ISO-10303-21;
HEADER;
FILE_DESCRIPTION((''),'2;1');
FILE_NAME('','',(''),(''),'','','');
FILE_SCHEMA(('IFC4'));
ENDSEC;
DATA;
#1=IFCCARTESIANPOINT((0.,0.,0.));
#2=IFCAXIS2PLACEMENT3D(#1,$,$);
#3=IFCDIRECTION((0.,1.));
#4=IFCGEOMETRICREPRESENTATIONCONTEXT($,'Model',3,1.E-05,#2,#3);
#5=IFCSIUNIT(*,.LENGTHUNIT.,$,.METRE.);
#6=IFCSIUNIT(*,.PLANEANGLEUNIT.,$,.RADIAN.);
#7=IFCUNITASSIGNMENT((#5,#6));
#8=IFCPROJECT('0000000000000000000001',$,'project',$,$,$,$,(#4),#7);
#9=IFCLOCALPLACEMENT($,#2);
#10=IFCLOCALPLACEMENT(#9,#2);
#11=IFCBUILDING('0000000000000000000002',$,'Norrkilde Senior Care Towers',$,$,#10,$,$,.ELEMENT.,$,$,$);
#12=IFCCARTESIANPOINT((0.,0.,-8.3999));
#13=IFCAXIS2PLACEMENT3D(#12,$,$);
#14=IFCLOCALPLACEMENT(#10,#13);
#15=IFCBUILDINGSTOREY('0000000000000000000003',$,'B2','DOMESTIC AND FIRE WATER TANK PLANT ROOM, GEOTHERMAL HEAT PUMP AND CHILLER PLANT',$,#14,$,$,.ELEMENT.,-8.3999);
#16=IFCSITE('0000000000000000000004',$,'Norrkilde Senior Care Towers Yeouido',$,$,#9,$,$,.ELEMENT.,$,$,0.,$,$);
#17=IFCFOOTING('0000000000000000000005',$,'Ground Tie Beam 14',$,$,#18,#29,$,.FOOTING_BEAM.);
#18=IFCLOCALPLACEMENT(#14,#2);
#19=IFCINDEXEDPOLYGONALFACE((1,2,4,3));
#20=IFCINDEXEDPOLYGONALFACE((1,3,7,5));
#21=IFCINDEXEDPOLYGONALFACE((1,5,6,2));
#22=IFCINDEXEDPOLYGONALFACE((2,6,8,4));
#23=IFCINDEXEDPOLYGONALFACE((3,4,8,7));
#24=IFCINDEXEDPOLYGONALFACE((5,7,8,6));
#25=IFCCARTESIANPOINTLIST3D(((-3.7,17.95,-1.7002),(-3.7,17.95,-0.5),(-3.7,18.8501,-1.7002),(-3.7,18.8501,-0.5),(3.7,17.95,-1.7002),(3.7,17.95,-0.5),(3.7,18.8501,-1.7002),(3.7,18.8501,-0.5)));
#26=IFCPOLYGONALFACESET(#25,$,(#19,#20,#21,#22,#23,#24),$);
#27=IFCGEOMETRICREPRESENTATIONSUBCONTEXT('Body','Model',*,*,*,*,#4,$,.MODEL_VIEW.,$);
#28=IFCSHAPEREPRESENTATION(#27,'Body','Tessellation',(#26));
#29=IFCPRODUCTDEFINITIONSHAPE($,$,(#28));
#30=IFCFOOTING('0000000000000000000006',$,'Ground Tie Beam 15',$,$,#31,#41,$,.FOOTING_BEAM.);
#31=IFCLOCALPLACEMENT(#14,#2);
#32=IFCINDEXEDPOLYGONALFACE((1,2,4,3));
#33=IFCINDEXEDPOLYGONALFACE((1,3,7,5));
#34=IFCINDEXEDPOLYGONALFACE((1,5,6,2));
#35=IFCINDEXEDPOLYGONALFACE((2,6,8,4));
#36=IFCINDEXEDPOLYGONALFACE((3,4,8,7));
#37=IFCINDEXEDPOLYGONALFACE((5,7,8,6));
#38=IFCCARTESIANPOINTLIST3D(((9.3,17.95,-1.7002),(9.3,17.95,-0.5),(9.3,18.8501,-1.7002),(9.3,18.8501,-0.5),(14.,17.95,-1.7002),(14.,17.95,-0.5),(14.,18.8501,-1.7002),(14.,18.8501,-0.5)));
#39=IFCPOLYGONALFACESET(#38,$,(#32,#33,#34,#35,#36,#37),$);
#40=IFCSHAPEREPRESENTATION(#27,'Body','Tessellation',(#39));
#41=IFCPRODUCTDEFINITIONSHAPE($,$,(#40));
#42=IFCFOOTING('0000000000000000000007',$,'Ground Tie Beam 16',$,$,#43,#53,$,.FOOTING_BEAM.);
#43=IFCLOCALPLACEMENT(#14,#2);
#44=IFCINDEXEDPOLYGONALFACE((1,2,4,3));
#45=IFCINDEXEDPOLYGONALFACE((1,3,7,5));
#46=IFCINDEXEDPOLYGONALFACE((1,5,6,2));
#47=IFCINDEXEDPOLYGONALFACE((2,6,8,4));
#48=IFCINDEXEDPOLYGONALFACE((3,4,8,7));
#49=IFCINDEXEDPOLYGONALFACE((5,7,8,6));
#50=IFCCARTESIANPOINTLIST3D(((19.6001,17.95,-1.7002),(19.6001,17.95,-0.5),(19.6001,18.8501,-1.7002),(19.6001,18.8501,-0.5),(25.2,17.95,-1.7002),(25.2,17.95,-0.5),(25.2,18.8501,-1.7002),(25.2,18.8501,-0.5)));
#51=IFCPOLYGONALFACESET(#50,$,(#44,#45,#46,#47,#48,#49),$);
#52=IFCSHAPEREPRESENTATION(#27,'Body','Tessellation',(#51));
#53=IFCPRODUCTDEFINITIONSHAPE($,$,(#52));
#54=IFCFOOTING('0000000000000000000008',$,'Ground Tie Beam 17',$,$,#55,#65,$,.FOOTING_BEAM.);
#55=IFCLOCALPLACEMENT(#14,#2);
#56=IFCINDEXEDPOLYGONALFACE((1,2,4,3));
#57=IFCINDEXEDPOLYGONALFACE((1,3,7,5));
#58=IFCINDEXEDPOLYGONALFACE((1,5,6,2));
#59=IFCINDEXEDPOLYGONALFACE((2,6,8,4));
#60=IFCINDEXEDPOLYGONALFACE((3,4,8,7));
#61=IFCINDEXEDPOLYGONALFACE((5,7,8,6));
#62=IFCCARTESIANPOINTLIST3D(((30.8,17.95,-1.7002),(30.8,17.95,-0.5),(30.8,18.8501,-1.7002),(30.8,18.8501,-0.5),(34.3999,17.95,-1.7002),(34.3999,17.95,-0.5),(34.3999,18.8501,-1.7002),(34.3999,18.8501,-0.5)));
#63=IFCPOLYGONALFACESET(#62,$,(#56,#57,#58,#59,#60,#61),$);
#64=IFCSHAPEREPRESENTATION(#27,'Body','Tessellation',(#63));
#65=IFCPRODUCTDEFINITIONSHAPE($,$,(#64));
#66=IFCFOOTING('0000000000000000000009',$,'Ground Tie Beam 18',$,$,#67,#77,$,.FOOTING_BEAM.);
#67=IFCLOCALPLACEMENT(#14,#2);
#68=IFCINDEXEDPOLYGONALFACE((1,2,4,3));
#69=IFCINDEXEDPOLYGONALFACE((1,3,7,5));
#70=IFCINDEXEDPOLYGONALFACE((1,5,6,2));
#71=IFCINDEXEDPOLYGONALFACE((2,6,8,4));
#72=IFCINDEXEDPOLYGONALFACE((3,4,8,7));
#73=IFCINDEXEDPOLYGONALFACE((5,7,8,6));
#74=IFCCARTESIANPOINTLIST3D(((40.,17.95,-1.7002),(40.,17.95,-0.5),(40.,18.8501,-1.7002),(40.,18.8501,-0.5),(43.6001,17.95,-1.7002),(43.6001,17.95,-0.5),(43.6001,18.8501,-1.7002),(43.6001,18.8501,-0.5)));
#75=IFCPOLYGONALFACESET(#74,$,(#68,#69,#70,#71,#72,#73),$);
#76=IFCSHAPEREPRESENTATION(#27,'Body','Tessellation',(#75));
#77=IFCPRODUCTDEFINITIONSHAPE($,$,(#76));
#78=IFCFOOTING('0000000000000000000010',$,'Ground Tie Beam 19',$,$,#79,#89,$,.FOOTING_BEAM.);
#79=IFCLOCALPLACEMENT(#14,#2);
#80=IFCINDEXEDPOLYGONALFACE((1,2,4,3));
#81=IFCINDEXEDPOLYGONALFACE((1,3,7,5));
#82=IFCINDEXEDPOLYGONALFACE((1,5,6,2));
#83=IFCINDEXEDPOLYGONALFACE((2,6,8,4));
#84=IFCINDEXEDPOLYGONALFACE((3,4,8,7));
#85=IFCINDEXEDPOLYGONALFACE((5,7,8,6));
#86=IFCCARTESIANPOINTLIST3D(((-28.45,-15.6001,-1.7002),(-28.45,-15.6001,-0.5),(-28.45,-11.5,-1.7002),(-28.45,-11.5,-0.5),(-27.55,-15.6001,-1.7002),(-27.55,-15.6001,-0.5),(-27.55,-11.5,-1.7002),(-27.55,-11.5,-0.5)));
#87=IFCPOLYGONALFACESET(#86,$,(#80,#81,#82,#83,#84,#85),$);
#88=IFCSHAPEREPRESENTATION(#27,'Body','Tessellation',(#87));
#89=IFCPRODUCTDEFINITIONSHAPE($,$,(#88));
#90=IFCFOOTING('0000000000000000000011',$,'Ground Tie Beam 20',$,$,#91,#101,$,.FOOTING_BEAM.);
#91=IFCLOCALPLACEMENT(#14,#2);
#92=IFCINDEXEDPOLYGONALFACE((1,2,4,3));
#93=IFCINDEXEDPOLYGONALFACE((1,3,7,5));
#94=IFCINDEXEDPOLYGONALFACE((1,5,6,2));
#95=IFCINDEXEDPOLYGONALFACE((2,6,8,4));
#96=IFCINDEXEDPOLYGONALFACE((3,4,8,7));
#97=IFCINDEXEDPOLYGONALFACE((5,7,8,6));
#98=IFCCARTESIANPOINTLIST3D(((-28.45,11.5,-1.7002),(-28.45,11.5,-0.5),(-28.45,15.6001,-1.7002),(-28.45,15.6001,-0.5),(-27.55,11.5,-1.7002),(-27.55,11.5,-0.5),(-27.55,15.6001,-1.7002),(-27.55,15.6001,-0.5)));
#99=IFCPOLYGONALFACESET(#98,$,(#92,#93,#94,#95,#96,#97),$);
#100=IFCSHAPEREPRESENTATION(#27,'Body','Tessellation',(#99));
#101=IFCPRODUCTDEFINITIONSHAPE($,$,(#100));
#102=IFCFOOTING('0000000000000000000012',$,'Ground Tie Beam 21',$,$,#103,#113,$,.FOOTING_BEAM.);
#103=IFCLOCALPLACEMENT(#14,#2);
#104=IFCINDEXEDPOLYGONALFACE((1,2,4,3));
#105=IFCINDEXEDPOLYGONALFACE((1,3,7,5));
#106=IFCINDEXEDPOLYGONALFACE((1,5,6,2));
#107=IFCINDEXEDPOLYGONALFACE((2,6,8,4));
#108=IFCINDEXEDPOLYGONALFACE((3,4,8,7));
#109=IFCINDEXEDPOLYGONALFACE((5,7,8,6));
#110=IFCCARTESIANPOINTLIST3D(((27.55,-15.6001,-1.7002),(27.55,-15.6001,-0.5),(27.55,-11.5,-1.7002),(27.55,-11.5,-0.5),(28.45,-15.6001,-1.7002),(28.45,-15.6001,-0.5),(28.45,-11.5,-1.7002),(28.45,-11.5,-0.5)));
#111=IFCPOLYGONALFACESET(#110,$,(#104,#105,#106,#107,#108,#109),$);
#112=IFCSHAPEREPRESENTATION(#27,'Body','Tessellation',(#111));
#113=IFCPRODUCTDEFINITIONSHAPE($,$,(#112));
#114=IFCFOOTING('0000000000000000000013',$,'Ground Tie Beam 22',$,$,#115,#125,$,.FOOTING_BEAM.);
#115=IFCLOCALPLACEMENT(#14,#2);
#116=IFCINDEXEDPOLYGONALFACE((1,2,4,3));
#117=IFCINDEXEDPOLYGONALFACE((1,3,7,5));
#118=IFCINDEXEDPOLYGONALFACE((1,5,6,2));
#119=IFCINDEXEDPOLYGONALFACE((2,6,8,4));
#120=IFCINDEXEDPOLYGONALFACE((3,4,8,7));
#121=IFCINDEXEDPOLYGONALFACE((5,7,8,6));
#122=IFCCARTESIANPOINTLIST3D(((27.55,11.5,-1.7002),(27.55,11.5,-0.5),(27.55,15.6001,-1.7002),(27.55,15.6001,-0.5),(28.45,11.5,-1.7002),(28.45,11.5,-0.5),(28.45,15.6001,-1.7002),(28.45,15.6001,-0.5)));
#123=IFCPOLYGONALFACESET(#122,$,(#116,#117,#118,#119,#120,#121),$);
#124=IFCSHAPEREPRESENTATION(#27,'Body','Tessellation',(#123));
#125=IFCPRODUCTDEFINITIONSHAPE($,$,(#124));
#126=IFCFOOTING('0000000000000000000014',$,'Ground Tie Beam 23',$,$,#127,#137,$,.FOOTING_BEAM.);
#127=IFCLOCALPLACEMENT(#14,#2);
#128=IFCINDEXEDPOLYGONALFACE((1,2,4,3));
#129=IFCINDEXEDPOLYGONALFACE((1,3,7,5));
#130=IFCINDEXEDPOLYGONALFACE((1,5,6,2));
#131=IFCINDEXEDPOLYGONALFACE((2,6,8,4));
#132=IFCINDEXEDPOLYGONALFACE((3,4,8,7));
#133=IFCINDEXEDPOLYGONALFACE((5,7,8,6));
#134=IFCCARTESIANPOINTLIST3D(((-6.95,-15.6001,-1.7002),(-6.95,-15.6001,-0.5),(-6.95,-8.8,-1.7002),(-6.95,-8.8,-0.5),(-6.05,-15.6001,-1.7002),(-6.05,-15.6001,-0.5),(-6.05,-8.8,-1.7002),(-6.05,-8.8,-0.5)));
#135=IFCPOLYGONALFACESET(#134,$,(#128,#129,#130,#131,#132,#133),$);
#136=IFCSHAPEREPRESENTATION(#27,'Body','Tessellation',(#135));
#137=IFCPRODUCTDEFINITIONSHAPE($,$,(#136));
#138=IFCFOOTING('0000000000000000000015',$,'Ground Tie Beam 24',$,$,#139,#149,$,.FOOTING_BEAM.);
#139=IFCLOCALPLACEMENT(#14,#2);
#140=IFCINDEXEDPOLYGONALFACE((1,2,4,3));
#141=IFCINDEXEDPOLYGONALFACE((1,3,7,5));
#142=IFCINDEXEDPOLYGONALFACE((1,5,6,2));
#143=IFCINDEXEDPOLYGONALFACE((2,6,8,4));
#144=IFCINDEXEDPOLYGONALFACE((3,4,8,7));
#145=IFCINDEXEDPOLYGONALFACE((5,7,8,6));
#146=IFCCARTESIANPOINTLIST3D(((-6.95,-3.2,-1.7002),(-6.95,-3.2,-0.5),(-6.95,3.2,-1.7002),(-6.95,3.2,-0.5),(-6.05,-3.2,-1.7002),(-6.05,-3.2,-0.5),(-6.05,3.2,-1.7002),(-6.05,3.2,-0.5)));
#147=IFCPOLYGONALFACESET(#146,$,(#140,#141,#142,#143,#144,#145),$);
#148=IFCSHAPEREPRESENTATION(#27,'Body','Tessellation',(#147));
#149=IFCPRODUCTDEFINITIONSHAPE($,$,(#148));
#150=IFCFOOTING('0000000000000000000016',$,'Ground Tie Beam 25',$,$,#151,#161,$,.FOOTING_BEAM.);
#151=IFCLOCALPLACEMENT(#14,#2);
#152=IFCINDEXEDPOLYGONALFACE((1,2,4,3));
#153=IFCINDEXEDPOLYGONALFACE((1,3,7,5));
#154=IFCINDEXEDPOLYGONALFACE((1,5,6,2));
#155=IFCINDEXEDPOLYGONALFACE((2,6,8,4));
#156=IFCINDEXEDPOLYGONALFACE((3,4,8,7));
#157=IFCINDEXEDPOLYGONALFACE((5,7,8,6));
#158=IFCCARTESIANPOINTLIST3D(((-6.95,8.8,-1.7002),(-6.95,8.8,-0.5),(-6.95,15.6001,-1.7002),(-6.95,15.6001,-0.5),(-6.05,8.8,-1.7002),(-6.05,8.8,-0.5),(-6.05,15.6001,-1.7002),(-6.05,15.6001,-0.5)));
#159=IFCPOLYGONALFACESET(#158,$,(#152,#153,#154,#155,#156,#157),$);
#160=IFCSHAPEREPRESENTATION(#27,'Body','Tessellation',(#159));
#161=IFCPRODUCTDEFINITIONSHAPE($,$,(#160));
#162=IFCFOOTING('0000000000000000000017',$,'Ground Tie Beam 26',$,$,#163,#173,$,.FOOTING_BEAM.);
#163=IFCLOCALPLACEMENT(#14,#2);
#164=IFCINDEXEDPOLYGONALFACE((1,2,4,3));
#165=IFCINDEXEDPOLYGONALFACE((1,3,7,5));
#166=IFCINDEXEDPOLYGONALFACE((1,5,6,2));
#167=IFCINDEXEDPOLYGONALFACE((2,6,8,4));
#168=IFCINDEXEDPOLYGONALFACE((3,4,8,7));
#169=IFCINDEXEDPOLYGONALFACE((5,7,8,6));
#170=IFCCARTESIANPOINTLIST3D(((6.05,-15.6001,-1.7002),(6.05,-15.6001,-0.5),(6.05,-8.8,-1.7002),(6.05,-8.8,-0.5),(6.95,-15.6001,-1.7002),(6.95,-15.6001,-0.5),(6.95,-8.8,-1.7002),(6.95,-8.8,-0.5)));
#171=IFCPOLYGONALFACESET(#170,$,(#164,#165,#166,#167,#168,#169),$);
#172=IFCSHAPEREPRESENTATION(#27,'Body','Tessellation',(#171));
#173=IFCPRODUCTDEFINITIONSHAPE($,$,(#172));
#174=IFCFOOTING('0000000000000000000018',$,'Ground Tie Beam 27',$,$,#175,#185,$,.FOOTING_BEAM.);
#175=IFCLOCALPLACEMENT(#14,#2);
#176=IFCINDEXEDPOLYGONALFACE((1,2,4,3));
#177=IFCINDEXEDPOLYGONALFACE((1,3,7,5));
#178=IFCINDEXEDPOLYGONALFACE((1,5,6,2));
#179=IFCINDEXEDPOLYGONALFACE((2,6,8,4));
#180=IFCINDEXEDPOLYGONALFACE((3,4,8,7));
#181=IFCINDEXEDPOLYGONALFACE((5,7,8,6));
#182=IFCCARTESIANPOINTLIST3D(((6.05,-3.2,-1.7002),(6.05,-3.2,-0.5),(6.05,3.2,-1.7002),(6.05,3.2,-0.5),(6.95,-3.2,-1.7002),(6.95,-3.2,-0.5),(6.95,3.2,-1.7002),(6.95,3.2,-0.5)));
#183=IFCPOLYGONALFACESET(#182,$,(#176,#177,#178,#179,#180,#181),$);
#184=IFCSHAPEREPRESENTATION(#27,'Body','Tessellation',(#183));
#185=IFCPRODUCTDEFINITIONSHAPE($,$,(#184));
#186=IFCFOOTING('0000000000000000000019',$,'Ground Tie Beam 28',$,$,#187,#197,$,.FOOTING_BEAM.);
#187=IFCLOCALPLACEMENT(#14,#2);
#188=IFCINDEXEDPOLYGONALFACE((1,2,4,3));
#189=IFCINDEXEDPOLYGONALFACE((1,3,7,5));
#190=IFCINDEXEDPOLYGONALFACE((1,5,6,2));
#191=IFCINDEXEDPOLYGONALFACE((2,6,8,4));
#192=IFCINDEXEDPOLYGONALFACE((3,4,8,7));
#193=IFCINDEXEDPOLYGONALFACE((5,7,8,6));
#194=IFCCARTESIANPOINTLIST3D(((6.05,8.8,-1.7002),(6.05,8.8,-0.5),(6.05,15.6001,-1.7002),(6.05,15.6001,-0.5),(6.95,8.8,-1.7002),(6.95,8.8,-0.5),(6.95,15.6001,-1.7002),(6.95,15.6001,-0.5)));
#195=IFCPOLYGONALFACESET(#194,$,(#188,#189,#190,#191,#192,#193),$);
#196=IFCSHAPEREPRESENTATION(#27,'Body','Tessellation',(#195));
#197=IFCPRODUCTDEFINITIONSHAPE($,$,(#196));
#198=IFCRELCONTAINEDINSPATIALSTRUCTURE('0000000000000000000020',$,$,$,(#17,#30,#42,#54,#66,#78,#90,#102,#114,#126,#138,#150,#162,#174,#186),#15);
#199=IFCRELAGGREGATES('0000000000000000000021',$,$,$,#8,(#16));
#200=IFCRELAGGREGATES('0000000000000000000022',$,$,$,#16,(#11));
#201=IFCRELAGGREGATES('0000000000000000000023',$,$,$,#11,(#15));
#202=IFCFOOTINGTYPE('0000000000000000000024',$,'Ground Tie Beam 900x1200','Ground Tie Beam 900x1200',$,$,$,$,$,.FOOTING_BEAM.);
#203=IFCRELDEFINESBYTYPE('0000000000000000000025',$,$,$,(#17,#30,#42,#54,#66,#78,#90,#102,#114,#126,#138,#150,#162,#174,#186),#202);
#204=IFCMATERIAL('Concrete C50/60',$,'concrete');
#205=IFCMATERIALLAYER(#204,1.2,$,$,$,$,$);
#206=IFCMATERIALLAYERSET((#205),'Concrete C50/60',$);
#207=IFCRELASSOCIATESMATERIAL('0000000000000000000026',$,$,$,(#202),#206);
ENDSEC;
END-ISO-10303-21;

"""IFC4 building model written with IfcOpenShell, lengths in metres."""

from ifc_helpers import new_model, si_unit, direction, frame, origin, place, context, subcontext, project, spatial, polyline, outline, extrude, material, layer, layer_set, type_object, element, save


model = new_model("IFC4")

# Units and contexts
model_context = context("Model", 3, precision=1e-05, world=origin(), true_north=direction((0.0, 1.0)))
body_context = subcontext(model_context, "Body", "Model", "MODEL_VIEW")
ifc_project = project(units=[si_unit("LENGTHUNIT", "METRE"), si_unit("PLANEANGLEUNIT", "RADIAN")], contexts=[model_context])

# Site, building, storey
site_placement = place(None, origin())
site = spatial("IfcSite", under=ifc_project, at=site_placement, Name="Norrkilde Senior Care Towers Yeouido", CompositionType="ELEMENT", RefElevation=0.0)
building_placement = place(site_placement, origin())
building = spatial("IfcBuilding", under=site, at=building_placement, Name="Norrkilde Senior Care Towers", CompositionType="ELEMENT")
storey_placement = place(building_placement, frame((0.0, 0.0, -8.3999)))
storey = spatial("IfcBuildingStorey", under=building, at=storey_placement, Name="B2", Description="DOMESTIC AND FIRE WATER TANK PLANT ROOM, GEOTHERMAL HEAT PUMP AND CHILLER PLANT", CompositionType="ELEMENT", Elevation=-8.3999)

# Footings
ifc_material_1 = material(Name="Concrete C50/60", Category="concrete")
ifc_layer_1 = layer(ifc_material_1, 1.2)
ifc_layer_set_1 = layer_set([ifc_layer_1], Name="Concrete C50/60")
footing_type_1 = type_object("IfcFootingType", Name="Ground Tie Beam 900x1200", Description="Ground Tie Beam 900x1200", PredefinedType="FOOTING_BEAM", material=ifc_layer_set_1)
footing_1_placement = place(storey_placement, frame((0.0, 0.0, -1.7002)))
element("IfcFooting", 1, at=footing_1_placement, inside=storey, type_object=footing_type_1, Name="Ground Tie Beam 14", PredefinedType="FOOTING_BEAM", context=body_context, shape_type="SweptSolid", body=[
    extrude(outline(polyline([(-3.7, 17.95), (3.7, 17.95), (3.7, 18.8501), (-3.7, 18.8501), (-3.7, 17.95)])), origin(), (0.0, 0.0, 1.0), 1.2002),
])
footing_2_placement = place(storey_placement, frame((0.0, 0.0, -1.7002)))
element("IfcFooting", 2, at=footing_2_placement, inside=storey, type_object=footing_type_1, Name="Ground Tie Beam 15", PredefinedType="FOOTING_BEAM", context=body_context, shape_type="SweptSolid", body=[
    extrude(outline(polyline([(9.3, 17.95), (14.0, 17.95), (14.0, 18.8501), (9.3, 18.8501), (9.3, 17.95)])), origin(), (0.0, 0.0, 1.0), 1.2002),
])
footing_3_placement = place(storey_placement, frame((0.0, 0.0, -1.7002)))
element("IfcFooting", 3, at=footing_3_placement, inside=storey, type_object=footing_type_1, Name="Ground Tie Beam 16", PredefinedType="FOOTING_BEAM", context=body_context, shape_type="SweptSolid", body=[
    extrude(outline(polyline([(19.6001, 17.95), (25.2, 17.95), (25.2, 18.8501), (19.6001, 18.8501), (19.6001, 17.95)])), origin(), (0.0, 0.0, 1.0), 1.2002),
])
footing_4_placement = place(storey_placement, frame((0.0, 0.0, -1.7002)))
element("IfcFooting", 4, at=footing_4_placement, inside=storey, type_object=footing_type_1, Name="Ground Tie Beam 17", PredefinedType="FOOTING_BEAM", context=body_context, shape_type="SweptSolid", body=[
    extrude(outline(polyline([(30.8, 17.95), (34.3999, 17.95), (34.3999, 18.8501), (30.8, 18.8501), (30.8, 17.95)])), origin(), (0.0, 0.0, 1.0), 1.2002),
])
footing_5_placement = place(storey_placement, frame((0.0, 0.0, -1.7002)))
element("IfcFooting", 5, at=footing_5_placement, inside=storey, type_object=footing_type_1, Name="Ground Tie Beam 18", PredefinedType="FOOTING_BEAM", context=body_context, shape_type="SweptSolid", body=[
    extrude(outline(polyline([(40.0, 17.95), (43.6001, 17.95), (43.6001, 18.8501), (40.0, 18.8501), (40.0, 17.95)])), origin(), (0.0, 0.0, 1.0), 1.2002),
])
footing_6_placement = place(storey_placement, frame((0.0, 0.0, -1.7002)))
element("IfcFooting", 6, at=footing_6_placement, inside=storey, type_object=footing_type_1, Name="Ground Tie Beam 19", PredefinedType="FOOTING_BEAM", context=body_context, shape_type="SweptSolid", body=[
    extrude(outline(polyline([(-28.45, -15.6001), (-27.55, -15.6001), (-27.55, -11.5), (-28.45, -11.5), (-28.45, -15.6001)])), origin(), (0.0, 0.0, 1.0), 1.2002),
])
footing_7_placement = place(storey_placement, frame((0.0, 0.0, -1.7002)))
element("IfcFooting", 7, at=footing_7_placement, inside=storey, type_object=footing_type_1, Name="Ground Tie Beam 20", PredefinedType="FOOTING_BEAM", context=body_context, shape_type="SweptSolid", body=[
    extrude(outline(polyline([(-28.45, 11.5), (-27.55, 11.5), (-27.55, 15.6001), (-28.45, 15.6001), (-28.45, 11.5)])), origin(), (0.0, 0.0, 1.0), 1.2002),
])
footing_8_placement = place(storey_placement, frame((0.0, 0.0, -1.7002)))
element("IfcFooting", 8, at=footing_8_placement, inside=storey, type_object=footing_type_1, Name="Ground Tie Beam 21", PredefinedType="FOOTING_BEAM", context=body_context, shape_type="SweptSolid", body=[
    extrude(outline(polyline([(27.55, -15.6001), (28.45, -15.6001), (28.45, -11.5), (27.55, -11.5), (27.55, -15.6001)])), origin(), (0.0, 0.0, 1.0), 1.2002),
])
footing_9_placement = place(storey_placement, frame((0.0, 0.0, -1.7002)))
element("IfcFooting", 9, at=footing_9_placement, inside=storey, type_object=footing_type_1, Name="Ground Tie Beam 22", PredefinedType="FOOTING_BEAM", context=body_context, shape_type="SweptSolid", body=[
    extrude(outline(polyline([(27.55, 11.5), (28.45, 11.5), (28.45, 15.6001), (27.55, 15.6001), (27.55, 11.5)])), origin(), (0.0, 0.0, 1.0), 1.2002),
])
footing_10_placement = place(storey_placement, frame((0.0, 0.0, -1.7002)))
element("IfcFooting", 10, at=footing_10_placement, inside=storey, type_object=footing_type_1, Name="Ground Tie Beam 23", PredefinedType="FOOTING_BEAM", context=body_context, shape_type="SweptSolid", body=[
    extrude(outline(polyline([(-6.95, -15.6001), (-6.05, -15.6001), (-6.05, -8.8), (-6.95, -8.8), (-6.95, -15.6001)])), origin(), (0.0, 0.0, 1.0), 1.2002),
])
footing_11_placement = place(storey_placement, frame((0.0, 0.0, -1.7002)))
element("IfcFooting", 11, at=footing_11_placement, inside=storey, type_object=footing_type_1, Name="Ground Tie Beam 24", PredefinedType="FOOTING_BEAM", context=body_context, shape_type="SweptSolid", body=[
    extrude(outline(polyline([(-6.95, -3.2), (-6.05, -3.2), (-6.05, 3.2), (-6.95, 3.2), (-6.95, -3.2)])), origin(), (0.0, 0.0, 1.0), 1.2002),
])
footing_12_placement = place(storey_placement, frame((0.0, 0.0, -1.7002)))
element("IfcFooting", 12, at=footing_12_placement, inside=storey, type_object=footing_type_1, Name="Ground Tie Beam 25", PredefinedType="FOOTING_BEAM", context=body_context, shape_type="SweptSolid", body=[
    extrude(outline(polyline([(-6.95, 8.8), (-6.05, 8.8), (-6.05, 15.6001), (-6.95, 15.6001), (-6.95, 8.8)])), origin(), (0.0, 0.0, 1.0), 1.2002),
])
footing_13_placement = place(storey_placement, frame((0.0, 0.0, -1.7002)))
element("IfcFooting", 13, at=footing_13_placement, inside=storey, type_object=footing_type_1, Name="Ground Tie Beam 26", PredefinedType="FOOTING_BEAM", context=body_context, shape_type="SweptSolid", body=[
    extrude(outline(polyline([(6.05, -15.6001), (6.95, -15.6001), (6.95, -8.8), (6.05, -8.8), (6.05, -15.6001)])), origin(), (0.0, 0.0, 1.0), 1.2002),
])
footing_14_placement = place(storey_placement, frame((0.0, 0.0, -1.7002)))
element("IfcFooting", 14, at=footing_14_placement, inside=storey, type_object=footing_type_1, Name="Ground Tie Beam 27", PredefinedType="FOOTING_BEAM", context=body_context, shape_type="SweptSolid", body=[
    extrude(outline(polyline([(6.05, -3.2), (6.95, -3.2), (6.95, 3.2), (6.05, 3.2), (6.05, -3.2)])), origin(), (0.0, 0.0, 1.0), 1.2002),
])
footing_15_placement = place(storey_placement, frame((0.0, 0.0, -1.7002)))
element("IfcFooting", 15, at=footing_15_placement, inside=storey, type_object=footing_type_1, Name="Ground Tie Beam 28", PredefinedType="FOOTING_BEAM", context=body_context, shape_type="SweptSolid", body=[
    extrude(outline(polyline([(6.05, 8.8), (6.95, 8.8), (6.95, 15.6001), (6.05, 15.6001), (6.05, 8.8)])), origin(), (0.0, 0.0, 1.0), 1.2002),
])

save(model, "model.ifc")
